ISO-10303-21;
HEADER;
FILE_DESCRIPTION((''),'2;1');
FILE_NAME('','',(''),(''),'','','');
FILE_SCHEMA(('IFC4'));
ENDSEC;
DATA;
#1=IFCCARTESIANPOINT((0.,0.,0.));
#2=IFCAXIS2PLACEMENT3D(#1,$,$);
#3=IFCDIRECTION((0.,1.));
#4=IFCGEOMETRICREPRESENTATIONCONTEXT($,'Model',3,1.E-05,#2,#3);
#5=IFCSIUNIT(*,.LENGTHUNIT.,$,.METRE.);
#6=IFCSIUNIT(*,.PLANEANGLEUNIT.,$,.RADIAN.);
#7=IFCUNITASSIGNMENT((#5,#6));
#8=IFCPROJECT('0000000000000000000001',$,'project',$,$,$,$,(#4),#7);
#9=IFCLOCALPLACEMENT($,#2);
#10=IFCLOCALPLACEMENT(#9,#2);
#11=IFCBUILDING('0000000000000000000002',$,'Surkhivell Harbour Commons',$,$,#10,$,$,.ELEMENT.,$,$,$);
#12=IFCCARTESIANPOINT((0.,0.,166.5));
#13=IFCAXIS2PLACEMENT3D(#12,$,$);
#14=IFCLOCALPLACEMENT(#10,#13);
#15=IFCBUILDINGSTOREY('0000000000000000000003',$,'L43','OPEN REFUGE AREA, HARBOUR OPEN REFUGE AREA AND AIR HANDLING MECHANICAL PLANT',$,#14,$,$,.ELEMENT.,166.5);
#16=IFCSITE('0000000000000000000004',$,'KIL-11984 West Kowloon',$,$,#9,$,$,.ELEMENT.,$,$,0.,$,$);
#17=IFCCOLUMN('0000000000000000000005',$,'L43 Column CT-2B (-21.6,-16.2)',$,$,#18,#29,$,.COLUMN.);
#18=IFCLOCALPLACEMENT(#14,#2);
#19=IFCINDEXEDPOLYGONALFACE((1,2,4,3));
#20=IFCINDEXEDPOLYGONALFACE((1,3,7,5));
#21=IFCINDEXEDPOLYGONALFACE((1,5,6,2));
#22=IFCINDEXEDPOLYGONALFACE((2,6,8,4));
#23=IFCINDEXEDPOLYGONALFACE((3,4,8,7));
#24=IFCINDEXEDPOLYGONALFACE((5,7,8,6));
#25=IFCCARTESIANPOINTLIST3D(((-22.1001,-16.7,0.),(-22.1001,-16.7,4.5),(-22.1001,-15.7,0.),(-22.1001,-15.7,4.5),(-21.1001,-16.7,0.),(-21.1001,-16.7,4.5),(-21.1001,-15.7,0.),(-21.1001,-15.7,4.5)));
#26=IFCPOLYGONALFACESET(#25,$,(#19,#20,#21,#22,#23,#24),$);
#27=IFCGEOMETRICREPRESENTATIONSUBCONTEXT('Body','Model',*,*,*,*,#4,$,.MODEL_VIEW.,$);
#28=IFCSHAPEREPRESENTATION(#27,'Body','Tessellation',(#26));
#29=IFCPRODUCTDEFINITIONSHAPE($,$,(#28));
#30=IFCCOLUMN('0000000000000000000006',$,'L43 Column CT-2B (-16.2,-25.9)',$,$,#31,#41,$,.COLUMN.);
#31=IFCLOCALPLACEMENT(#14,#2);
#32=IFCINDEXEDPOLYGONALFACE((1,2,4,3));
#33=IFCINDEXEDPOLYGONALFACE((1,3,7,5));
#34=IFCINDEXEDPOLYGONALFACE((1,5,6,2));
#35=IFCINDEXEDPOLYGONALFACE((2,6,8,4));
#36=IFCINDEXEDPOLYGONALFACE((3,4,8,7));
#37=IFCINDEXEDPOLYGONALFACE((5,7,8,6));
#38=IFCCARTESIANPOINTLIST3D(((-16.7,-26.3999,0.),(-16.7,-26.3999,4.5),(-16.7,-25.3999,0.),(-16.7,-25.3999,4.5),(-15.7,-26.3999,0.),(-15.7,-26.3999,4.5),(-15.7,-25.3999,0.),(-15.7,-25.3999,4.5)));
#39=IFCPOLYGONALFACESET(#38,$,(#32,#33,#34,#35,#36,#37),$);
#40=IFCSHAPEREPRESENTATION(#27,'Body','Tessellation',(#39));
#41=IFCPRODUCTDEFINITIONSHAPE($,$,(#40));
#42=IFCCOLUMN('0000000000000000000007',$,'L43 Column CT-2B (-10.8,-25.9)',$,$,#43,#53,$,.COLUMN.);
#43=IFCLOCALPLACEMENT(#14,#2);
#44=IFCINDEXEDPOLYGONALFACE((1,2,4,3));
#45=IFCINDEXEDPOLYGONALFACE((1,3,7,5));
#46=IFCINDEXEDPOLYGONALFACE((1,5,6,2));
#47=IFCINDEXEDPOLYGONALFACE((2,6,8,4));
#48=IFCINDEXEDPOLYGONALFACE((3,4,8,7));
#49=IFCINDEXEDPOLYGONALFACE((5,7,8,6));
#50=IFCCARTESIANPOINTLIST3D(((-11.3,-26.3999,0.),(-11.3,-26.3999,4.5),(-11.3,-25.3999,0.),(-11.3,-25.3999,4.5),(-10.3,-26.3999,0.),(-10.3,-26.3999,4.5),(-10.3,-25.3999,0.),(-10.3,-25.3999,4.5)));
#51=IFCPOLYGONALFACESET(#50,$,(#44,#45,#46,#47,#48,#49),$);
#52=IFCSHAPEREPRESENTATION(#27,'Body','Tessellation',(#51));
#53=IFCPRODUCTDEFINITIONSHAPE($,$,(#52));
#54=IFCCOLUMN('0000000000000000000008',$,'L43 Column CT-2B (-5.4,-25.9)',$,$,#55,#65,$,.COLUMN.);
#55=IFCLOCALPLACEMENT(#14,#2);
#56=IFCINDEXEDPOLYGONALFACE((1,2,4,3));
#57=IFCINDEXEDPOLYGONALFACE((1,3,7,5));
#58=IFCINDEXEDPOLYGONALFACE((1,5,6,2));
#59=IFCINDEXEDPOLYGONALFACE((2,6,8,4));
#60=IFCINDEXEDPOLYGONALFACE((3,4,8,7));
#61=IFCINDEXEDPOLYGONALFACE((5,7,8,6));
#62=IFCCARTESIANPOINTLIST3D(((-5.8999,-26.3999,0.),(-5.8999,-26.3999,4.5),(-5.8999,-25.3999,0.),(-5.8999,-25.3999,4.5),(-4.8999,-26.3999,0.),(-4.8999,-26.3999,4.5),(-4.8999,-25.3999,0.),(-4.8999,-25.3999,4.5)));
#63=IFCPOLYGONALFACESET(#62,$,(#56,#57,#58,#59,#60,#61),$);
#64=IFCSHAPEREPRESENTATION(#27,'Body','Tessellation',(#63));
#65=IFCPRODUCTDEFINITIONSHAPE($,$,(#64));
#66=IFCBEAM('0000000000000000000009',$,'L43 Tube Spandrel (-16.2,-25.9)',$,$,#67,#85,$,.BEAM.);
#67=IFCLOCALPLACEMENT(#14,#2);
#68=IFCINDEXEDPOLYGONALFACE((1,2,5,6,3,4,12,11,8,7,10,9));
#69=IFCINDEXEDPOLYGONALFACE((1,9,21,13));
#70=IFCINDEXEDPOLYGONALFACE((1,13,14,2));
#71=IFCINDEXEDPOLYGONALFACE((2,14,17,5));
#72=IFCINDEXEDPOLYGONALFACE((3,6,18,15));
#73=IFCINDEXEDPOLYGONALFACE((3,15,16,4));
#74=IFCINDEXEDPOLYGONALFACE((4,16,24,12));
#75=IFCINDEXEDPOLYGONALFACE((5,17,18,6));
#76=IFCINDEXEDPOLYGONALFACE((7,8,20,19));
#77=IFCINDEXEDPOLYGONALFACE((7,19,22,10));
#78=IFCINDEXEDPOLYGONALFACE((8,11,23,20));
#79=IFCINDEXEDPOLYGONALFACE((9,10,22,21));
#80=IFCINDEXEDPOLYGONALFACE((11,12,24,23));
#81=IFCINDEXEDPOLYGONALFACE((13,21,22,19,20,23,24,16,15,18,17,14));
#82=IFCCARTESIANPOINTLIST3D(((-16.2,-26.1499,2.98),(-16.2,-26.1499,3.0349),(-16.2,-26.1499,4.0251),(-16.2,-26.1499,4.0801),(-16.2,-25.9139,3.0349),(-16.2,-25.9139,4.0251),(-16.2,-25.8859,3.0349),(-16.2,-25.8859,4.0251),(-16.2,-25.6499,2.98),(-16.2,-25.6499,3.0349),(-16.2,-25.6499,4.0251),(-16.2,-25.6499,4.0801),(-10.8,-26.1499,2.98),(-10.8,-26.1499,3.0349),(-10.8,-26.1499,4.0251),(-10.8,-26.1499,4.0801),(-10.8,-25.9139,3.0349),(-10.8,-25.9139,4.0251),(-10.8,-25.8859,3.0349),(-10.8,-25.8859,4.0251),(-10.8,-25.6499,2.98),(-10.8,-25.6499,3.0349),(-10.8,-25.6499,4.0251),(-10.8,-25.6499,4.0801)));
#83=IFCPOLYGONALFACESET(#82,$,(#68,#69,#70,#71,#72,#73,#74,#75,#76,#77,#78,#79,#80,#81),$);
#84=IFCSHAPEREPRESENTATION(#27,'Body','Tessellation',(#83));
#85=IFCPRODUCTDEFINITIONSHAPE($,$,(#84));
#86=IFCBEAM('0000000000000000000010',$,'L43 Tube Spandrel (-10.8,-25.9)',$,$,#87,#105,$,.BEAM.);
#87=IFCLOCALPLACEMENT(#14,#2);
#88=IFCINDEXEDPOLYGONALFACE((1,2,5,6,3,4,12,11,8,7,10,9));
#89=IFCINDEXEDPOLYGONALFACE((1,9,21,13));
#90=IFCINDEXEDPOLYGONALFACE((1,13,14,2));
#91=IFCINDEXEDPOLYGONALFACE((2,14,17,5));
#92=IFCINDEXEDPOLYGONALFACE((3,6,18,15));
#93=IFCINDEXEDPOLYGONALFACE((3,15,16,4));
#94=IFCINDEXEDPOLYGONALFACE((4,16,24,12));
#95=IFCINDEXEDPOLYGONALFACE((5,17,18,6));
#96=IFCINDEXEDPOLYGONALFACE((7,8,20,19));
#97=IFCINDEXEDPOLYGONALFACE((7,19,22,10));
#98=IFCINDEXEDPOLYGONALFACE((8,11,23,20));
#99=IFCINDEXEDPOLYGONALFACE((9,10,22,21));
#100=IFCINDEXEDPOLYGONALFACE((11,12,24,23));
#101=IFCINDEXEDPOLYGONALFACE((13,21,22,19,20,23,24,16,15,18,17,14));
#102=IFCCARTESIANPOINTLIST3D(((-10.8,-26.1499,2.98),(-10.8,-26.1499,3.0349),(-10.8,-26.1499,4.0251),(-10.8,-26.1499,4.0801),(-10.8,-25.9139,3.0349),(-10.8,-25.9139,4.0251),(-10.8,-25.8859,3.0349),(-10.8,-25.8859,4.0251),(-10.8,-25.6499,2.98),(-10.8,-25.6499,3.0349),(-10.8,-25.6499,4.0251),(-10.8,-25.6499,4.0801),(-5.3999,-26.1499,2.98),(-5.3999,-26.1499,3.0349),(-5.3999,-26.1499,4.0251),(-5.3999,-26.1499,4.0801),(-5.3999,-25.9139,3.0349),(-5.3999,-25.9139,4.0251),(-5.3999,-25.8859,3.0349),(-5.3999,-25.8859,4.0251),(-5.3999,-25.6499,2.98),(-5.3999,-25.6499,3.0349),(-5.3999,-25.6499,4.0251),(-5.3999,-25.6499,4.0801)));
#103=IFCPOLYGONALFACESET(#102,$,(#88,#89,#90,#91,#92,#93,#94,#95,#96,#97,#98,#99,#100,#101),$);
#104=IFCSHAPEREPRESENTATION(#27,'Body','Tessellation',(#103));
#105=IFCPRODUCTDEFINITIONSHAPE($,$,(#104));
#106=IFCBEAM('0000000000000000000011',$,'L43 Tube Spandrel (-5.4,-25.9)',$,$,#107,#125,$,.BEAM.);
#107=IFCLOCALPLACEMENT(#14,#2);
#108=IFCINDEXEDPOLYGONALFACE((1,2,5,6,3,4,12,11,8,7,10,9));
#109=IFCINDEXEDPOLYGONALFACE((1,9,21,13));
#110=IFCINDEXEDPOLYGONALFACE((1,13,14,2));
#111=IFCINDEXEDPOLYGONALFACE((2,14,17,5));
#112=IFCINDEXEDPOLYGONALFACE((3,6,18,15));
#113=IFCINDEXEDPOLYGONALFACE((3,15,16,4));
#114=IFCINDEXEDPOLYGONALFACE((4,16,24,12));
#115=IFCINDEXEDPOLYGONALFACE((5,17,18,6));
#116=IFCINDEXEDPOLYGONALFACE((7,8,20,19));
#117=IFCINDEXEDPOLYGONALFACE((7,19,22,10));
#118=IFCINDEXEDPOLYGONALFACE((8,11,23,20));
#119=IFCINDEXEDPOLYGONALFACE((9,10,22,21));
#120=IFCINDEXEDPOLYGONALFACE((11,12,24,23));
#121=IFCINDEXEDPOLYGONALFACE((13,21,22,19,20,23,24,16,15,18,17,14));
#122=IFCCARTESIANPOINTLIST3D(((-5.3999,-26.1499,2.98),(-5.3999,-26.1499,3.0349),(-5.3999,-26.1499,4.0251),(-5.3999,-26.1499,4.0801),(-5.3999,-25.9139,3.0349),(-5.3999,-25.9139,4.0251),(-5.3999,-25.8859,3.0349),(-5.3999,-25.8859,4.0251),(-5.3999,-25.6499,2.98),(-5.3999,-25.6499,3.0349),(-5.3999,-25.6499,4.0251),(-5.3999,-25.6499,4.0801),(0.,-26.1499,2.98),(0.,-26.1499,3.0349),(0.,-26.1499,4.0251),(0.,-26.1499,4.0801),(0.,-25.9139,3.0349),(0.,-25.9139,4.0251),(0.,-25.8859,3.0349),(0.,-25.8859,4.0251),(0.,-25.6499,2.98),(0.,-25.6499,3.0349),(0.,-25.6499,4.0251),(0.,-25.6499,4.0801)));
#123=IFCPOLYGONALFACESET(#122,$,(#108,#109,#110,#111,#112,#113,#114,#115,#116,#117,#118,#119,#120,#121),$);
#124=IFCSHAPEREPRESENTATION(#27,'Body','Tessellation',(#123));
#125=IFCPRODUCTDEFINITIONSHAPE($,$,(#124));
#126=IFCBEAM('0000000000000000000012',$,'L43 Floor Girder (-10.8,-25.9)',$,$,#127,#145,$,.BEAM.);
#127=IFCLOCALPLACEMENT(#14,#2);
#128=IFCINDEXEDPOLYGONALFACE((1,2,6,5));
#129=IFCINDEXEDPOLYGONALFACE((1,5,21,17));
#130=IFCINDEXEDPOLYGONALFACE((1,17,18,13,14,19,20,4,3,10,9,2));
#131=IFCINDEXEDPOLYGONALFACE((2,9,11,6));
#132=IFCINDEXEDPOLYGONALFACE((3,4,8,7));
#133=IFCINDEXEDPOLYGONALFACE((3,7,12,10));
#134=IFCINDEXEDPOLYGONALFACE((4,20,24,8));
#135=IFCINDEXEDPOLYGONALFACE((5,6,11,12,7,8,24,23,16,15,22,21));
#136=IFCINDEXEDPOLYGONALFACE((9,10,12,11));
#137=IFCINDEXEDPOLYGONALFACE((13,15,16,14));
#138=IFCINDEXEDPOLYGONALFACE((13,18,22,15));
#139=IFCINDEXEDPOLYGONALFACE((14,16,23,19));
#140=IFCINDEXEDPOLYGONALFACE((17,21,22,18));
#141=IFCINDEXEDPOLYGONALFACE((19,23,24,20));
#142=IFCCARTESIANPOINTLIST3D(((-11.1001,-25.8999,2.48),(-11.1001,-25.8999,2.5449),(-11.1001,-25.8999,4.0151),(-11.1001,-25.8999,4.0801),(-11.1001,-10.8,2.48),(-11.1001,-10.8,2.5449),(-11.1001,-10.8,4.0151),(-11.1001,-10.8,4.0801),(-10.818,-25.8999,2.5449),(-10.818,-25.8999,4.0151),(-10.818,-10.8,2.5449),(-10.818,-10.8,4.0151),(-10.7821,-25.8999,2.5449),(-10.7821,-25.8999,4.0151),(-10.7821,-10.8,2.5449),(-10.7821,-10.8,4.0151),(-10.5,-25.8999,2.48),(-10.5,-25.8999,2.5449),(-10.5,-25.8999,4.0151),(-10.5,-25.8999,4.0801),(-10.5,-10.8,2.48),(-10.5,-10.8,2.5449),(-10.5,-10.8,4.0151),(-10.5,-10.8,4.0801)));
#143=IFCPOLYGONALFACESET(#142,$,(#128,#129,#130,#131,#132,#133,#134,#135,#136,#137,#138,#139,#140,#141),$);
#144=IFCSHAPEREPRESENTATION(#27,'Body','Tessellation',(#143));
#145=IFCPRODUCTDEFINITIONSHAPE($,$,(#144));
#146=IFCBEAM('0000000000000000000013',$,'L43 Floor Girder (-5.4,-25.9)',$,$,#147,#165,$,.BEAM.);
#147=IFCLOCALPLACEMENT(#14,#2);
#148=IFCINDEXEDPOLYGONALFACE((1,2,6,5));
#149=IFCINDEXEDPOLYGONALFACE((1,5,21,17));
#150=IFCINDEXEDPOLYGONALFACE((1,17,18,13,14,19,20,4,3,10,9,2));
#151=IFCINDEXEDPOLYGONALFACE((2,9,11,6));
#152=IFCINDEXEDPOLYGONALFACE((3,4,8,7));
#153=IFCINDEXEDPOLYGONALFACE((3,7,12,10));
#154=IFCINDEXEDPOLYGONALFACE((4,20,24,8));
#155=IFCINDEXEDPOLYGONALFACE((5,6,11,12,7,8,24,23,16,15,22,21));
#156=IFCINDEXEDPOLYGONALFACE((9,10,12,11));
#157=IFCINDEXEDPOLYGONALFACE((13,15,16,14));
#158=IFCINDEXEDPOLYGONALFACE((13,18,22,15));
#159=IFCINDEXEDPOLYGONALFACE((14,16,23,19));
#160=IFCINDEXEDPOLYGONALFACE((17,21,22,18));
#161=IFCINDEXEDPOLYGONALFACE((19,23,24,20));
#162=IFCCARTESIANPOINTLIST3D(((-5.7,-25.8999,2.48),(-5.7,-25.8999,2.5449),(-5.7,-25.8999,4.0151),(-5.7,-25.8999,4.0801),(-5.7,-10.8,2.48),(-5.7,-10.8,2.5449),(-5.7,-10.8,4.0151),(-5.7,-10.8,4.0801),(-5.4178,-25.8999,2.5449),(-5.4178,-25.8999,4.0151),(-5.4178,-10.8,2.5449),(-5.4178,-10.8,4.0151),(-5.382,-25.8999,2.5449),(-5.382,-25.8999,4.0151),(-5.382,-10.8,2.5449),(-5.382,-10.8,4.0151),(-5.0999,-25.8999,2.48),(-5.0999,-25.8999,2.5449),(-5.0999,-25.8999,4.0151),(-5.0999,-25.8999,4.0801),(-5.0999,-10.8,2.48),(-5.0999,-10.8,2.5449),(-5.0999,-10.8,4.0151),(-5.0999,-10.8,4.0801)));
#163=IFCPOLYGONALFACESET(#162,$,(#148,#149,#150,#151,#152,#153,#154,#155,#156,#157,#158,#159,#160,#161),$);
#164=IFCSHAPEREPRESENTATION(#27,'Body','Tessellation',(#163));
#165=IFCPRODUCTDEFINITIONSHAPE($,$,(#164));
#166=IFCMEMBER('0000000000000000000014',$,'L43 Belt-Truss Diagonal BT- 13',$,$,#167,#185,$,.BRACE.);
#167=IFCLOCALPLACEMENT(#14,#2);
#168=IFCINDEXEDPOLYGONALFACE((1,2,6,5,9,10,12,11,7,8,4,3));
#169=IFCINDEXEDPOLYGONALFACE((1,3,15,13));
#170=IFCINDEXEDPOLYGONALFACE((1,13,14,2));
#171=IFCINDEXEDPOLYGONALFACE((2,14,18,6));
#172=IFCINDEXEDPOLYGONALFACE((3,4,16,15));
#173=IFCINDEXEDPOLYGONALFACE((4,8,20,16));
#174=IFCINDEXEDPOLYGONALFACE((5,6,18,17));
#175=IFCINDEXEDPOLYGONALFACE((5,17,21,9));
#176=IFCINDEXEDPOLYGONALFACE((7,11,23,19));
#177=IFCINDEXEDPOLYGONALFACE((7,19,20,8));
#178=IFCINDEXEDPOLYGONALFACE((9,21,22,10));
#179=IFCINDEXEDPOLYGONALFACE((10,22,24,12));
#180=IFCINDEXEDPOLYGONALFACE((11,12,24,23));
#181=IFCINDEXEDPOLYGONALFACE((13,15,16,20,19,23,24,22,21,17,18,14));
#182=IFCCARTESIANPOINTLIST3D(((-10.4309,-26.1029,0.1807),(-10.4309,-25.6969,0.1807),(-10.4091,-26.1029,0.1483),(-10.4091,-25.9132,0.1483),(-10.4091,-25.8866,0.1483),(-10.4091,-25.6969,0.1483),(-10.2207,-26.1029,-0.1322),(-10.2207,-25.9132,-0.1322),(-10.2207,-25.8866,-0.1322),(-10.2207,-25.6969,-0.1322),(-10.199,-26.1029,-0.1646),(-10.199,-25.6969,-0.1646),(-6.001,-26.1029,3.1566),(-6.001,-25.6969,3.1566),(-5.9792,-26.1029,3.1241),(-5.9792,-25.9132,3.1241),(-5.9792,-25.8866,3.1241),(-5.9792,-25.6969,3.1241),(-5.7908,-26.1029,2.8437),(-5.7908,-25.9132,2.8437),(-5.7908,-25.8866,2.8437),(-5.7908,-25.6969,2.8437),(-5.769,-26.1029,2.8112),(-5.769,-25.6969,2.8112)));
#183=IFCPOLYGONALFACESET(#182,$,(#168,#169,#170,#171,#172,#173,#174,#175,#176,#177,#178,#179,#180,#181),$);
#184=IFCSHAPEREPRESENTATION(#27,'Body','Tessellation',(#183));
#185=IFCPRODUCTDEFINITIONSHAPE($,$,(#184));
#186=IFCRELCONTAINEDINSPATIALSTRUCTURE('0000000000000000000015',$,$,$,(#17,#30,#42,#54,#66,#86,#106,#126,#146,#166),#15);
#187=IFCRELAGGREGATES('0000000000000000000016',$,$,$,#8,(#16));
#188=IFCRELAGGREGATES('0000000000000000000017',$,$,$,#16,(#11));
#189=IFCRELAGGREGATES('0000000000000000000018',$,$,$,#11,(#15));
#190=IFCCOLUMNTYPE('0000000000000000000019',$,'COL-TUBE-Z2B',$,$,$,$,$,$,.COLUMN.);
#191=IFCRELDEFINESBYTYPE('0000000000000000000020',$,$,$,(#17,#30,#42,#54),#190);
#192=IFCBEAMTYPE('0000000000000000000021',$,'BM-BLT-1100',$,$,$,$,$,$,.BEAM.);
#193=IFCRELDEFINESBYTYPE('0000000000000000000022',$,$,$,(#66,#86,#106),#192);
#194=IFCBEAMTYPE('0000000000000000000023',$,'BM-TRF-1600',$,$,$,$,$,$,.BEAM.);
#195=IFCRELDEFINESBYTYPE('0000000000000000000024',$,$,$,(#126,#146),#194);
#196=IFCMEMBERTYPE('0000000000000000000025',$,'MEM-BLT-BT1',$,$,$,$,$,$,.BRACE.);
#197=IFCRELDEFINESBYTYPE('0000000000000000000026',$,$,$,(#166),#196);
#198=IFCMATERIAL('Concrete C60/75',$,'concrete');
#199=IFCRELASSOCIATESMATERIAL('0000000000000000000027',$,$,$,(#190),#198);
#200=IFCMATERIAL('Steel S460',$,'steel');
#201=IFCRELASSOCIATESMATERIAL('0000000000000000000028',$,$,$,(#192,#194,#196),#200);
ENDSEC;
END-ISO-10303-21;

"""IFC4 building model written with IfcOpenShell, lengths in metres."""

from ifc_helpers import new_model, si_unit, direction, frame, origin, origin_2d, place, context, subcontext, project, spatial, rectangle, i_section, extrude, material, material_profile, profile_set, type_object, element, save


model = new_model("IFC4")

# Units and contexts
model_context = context("Model", 3, precision=1e-05, world=origin(), true_north=direction((0.0, 1.0)))
body_context = subcontext(model_context, "Body", "Model", "MODEL_VIEW")
ifc_project = project(units=[si_unit("LENGTHUNIT", "METRE"), si_unit("PLANEANGLEUNIT", "RADIAN")], contexts=[model_context])

# Site, building, storey
site_placement = place(None, origin())
site = spatial("IfcSite", under=ifc_project, at=site_placement, Name="KIL-11984 West Kowloon", CompositionType="ELEMENT", RefElevation=0.0)
building_placement = place(site_placement, origin())
building = spatial("IfcBuilding", under=site, at=building_placement, Name="Surkhivell Harbour Commons", CompositionType="ELEMENT")
storey_placement = place(building_placement, frame((0.0, 0.0, 166.5)))
storey = spatial("IfcBuildingStorey", under=building, at=storey_placement, Name="L43", Description="OPEN REFUGE AREA, HARBOUR OPEN REFUGE AREA AND AIR HANDLING MECHANICAL PLANT", CompositionType="ELEMENT", Elevation=166.5)

# Columns
ifc_material_1 = material(Name="Concrete C60/75", Category="concrete")
ifc_material_profile_1 = material_profile(ifc_material_1, rectangle(XDim=1.0, YDim=1.0, at=origin_2d()), Name="RC-COL-1000x1000")
ifc_profile_set_1 = profile_set([ifc_material_profile_1], Name="Concrete C60/75")
column_type = type_object("IfcColumnType", Name="COL-TUBE-Z2B", PredefinedType="COLUMN", material=ifc_profile_set_1)
for number, where, z_axis, x_axis, name in (
    (1, (-21.6001, -16.2, 0.0), (0.0, 0.0, 1.0), (1.0, 0.0, 0.0), "L43 Column CT-2B (-21.6,-16.2)"),
    (2, (-16.2, -25.8999, 0.0), (0.0, 0.0, 1.0), (1.0, 0.0, 0.0), "L43 Column CT-2B (-16.2,-25.9)"),
    (3, (-10.8, -25.8999, 0.0), (0.0, 0.0, 1.0), (1.0, 0.0, 0.0), "L43 Column CT-2B (-10.8,-25.9)"),
    (4, (-5.3999, -25.8999, 0.0), (0.0, 0.0, 1.0), (1.0, 0.0, 0.0), "L43 Column CT-2B (-5.4,-25.9)"),
):
    element("IfcColumn", number, at=place(storey_placement, frame(where, z_axis=z_axis, x_axis=x_axis)), inside=storey, type_object=column_type, Name=name, PredefinedType="COLUMN", context=body_context, shape_type="SweptSolid", body=[
        extrude(rectangle(XDim=1.0, YDim=1.0, at=origin_2d()), origin(), (0.0, 0.0, 1.0), 4.5),
    ])

# Beams
ifc_material_2 = material(Name="Steel S460", Category="steel")
ifc_material_profile_2 = material_profile(ifc_material_2, i_section(OverallWidth=0.5, OverallDepth=1.1001, WebThickness=0.0281, FlangeThickness=0.0549, at=origin_2d()), Name="WPG1100x500x210")
ifc_profile_set_2 = profile_set([ifc_material_profile_2], Name="Steel S460")
beam_type_1 = type_object("IfcBeamType", Name="BM-BLT-1100", PredefinedType="BEAM", material=ifc_profile_set_2)
beam_1_placement = place(storey_placement, frame((-16.2, -25.8999, 3.53), z_axis=(1.0, 0.0, 0.0), x_axis=(0.0, 1.0, 0.0)))
element("IfcBeam", 5, at=beam_1_placement, inside=storey, type_object=beam_type_1, Name="L43 Tube Spandrel (-16.2,-25.9)", PredefinedType="BEAM", context=body_context, shape_type="SweptSolid", body=[
    extrude(i_section(OverallWidth=0.5, OverallDepth=1.1001, WebThickness=0.0281, FlangeThickness=0.0549, at=origin_2d()), origin(), (0.0, 0.0, 1.0), 5.3999),
])
beam_2_placement = place(storey_placement, frame((-10.8, -25.8999, 3.53), z_axis=(1.0, 0.0, 0.0), x_axis=(0.0, 1.0, 0.0)))
element("IfcBeam", 6, at=beam_2_placement, inside=storey, type_object=beam_type_1, Name="L43 Tube Spandrel (-10.8,-25.9)", PredefinedType="BEAM", context=body_context, shape_type="SweptSolid", body=[
    extrude(i_section(OverallWidth=0.5, OverallDepth=1.1001, WebThickness=0.0281, FlangeThickness=0.0549, at=origin_2d()), origin(), (0.0, 0.0, 1.0), 5.4001),
])
beam_3_placement = place(storey_placement, frame((-5.3999, -25.8999, 3.53), z_axis=(1.0, 0.0, 0.0), x_axis=(0.0, 1.0, 0.0)))
element("IfcBeam", 7, at=beam_3_placement, inside=storey, type_object=beam_type_1, Name="L43 Tube Spandrel (-5.4,-25.9)", PredefinedType="BEAM", context=body_context, shape_type="SweptSolid", body=[
    extrude(i_section(OverallWidth=0.5, OverallDepth=1.1001, WebThickness=0.0281, FlangeThickness=0.0549, at=origin_2d()), origin(), (0.0, 0.0, 1.0), 5.3999),
])
ifc_material_profile_3 = material_profile(ifc_material_2, i_section(OverallWidth=0.6001, OverallDepth=1.6001, WebThickness=0.0359, FlangeThickness=0.0649, at=origin_2d()), Name="WPG1600x600x296")
ifc_profile_set_3 = profile_set([ifc_material_profile_3], Name="Steel S460")
beam_type_2 = type_object("IfcBeamType", Name="BM-TRF-1600", PredefinedType="BEAM", material=ifc_profile_set_3)
for number, where, z_axis, x_axis, name in (
    (8, (-10.8, -25.8999, 3.28), (0.0, 1.0, 0.0), (-1.0, 0.0, 0.0), "L43 Floor Girder (-10.8,-25.9)"),
    (9, (-5.3999, -25.8999, 3.28), (0.0, 1.0, 0.0), (-1.0, 0.0, 0.0), "L43 Floor Girder (-5.4,-25.9)"),
):
    element("IfcBeam", number, at=place(storey_placement, frame(where, z_axis=z_axis, x_axis=x_axis)), inside=storey, type_object=beam_type_2, Name=name, PredefinedType="BEAM", context=body_context, shape_type="SweptSolid", body=[
        extrude(i_section(OverallWidth=0.6001, OverallDepth=1.6001, WebThickness=0.0359, FlangeThickness=0.0649, at=origin_2d()), origin(), (0.0, 0.0, 1.0), 15.0999),
    ])

# Member
ifc_material_profile_4 = material_profile(ifc_material_2, i_section(OverallWidth=0.406, OverallDepth=0.416, WebThickness=0.0266, FlangeThickness=0.0391, at=origin_2d()), Name="HD400x382")
ifc_profile_set_4 = profile_set([ifc_material_profile_4], Name="Steel S460")
member_type = type_object("IfcMemberType", Name="MEM-BLT-BT1", PredefinedType="BRACE", material=ifc_profile_set_4)
member_placement = place(storey_placement, frame((-10.3149, -25.8999, 0.0081), z_axis=(0.830096, 0.0, 0.557621), x_axis=(0.0, 1.0, 0.0)))
element("IfcMember", 10, at=member_placement, inside=storey, type_object=member_type, Name="L43 Belt-Truss Diagonal BT- 13", PredefinedType="BRACE", context=body_context, shape_type="SweptSolid", body=[
    extrude(i_section(OverallWidth=0.406, OverallDepth=0.416, WebThickness=0.0266, FlangeThickness=0.0391, at=origin_2d()), origin(), (0.0, 0.0, 1.0), 5.3367),
])

save(model, "model.ifc")
